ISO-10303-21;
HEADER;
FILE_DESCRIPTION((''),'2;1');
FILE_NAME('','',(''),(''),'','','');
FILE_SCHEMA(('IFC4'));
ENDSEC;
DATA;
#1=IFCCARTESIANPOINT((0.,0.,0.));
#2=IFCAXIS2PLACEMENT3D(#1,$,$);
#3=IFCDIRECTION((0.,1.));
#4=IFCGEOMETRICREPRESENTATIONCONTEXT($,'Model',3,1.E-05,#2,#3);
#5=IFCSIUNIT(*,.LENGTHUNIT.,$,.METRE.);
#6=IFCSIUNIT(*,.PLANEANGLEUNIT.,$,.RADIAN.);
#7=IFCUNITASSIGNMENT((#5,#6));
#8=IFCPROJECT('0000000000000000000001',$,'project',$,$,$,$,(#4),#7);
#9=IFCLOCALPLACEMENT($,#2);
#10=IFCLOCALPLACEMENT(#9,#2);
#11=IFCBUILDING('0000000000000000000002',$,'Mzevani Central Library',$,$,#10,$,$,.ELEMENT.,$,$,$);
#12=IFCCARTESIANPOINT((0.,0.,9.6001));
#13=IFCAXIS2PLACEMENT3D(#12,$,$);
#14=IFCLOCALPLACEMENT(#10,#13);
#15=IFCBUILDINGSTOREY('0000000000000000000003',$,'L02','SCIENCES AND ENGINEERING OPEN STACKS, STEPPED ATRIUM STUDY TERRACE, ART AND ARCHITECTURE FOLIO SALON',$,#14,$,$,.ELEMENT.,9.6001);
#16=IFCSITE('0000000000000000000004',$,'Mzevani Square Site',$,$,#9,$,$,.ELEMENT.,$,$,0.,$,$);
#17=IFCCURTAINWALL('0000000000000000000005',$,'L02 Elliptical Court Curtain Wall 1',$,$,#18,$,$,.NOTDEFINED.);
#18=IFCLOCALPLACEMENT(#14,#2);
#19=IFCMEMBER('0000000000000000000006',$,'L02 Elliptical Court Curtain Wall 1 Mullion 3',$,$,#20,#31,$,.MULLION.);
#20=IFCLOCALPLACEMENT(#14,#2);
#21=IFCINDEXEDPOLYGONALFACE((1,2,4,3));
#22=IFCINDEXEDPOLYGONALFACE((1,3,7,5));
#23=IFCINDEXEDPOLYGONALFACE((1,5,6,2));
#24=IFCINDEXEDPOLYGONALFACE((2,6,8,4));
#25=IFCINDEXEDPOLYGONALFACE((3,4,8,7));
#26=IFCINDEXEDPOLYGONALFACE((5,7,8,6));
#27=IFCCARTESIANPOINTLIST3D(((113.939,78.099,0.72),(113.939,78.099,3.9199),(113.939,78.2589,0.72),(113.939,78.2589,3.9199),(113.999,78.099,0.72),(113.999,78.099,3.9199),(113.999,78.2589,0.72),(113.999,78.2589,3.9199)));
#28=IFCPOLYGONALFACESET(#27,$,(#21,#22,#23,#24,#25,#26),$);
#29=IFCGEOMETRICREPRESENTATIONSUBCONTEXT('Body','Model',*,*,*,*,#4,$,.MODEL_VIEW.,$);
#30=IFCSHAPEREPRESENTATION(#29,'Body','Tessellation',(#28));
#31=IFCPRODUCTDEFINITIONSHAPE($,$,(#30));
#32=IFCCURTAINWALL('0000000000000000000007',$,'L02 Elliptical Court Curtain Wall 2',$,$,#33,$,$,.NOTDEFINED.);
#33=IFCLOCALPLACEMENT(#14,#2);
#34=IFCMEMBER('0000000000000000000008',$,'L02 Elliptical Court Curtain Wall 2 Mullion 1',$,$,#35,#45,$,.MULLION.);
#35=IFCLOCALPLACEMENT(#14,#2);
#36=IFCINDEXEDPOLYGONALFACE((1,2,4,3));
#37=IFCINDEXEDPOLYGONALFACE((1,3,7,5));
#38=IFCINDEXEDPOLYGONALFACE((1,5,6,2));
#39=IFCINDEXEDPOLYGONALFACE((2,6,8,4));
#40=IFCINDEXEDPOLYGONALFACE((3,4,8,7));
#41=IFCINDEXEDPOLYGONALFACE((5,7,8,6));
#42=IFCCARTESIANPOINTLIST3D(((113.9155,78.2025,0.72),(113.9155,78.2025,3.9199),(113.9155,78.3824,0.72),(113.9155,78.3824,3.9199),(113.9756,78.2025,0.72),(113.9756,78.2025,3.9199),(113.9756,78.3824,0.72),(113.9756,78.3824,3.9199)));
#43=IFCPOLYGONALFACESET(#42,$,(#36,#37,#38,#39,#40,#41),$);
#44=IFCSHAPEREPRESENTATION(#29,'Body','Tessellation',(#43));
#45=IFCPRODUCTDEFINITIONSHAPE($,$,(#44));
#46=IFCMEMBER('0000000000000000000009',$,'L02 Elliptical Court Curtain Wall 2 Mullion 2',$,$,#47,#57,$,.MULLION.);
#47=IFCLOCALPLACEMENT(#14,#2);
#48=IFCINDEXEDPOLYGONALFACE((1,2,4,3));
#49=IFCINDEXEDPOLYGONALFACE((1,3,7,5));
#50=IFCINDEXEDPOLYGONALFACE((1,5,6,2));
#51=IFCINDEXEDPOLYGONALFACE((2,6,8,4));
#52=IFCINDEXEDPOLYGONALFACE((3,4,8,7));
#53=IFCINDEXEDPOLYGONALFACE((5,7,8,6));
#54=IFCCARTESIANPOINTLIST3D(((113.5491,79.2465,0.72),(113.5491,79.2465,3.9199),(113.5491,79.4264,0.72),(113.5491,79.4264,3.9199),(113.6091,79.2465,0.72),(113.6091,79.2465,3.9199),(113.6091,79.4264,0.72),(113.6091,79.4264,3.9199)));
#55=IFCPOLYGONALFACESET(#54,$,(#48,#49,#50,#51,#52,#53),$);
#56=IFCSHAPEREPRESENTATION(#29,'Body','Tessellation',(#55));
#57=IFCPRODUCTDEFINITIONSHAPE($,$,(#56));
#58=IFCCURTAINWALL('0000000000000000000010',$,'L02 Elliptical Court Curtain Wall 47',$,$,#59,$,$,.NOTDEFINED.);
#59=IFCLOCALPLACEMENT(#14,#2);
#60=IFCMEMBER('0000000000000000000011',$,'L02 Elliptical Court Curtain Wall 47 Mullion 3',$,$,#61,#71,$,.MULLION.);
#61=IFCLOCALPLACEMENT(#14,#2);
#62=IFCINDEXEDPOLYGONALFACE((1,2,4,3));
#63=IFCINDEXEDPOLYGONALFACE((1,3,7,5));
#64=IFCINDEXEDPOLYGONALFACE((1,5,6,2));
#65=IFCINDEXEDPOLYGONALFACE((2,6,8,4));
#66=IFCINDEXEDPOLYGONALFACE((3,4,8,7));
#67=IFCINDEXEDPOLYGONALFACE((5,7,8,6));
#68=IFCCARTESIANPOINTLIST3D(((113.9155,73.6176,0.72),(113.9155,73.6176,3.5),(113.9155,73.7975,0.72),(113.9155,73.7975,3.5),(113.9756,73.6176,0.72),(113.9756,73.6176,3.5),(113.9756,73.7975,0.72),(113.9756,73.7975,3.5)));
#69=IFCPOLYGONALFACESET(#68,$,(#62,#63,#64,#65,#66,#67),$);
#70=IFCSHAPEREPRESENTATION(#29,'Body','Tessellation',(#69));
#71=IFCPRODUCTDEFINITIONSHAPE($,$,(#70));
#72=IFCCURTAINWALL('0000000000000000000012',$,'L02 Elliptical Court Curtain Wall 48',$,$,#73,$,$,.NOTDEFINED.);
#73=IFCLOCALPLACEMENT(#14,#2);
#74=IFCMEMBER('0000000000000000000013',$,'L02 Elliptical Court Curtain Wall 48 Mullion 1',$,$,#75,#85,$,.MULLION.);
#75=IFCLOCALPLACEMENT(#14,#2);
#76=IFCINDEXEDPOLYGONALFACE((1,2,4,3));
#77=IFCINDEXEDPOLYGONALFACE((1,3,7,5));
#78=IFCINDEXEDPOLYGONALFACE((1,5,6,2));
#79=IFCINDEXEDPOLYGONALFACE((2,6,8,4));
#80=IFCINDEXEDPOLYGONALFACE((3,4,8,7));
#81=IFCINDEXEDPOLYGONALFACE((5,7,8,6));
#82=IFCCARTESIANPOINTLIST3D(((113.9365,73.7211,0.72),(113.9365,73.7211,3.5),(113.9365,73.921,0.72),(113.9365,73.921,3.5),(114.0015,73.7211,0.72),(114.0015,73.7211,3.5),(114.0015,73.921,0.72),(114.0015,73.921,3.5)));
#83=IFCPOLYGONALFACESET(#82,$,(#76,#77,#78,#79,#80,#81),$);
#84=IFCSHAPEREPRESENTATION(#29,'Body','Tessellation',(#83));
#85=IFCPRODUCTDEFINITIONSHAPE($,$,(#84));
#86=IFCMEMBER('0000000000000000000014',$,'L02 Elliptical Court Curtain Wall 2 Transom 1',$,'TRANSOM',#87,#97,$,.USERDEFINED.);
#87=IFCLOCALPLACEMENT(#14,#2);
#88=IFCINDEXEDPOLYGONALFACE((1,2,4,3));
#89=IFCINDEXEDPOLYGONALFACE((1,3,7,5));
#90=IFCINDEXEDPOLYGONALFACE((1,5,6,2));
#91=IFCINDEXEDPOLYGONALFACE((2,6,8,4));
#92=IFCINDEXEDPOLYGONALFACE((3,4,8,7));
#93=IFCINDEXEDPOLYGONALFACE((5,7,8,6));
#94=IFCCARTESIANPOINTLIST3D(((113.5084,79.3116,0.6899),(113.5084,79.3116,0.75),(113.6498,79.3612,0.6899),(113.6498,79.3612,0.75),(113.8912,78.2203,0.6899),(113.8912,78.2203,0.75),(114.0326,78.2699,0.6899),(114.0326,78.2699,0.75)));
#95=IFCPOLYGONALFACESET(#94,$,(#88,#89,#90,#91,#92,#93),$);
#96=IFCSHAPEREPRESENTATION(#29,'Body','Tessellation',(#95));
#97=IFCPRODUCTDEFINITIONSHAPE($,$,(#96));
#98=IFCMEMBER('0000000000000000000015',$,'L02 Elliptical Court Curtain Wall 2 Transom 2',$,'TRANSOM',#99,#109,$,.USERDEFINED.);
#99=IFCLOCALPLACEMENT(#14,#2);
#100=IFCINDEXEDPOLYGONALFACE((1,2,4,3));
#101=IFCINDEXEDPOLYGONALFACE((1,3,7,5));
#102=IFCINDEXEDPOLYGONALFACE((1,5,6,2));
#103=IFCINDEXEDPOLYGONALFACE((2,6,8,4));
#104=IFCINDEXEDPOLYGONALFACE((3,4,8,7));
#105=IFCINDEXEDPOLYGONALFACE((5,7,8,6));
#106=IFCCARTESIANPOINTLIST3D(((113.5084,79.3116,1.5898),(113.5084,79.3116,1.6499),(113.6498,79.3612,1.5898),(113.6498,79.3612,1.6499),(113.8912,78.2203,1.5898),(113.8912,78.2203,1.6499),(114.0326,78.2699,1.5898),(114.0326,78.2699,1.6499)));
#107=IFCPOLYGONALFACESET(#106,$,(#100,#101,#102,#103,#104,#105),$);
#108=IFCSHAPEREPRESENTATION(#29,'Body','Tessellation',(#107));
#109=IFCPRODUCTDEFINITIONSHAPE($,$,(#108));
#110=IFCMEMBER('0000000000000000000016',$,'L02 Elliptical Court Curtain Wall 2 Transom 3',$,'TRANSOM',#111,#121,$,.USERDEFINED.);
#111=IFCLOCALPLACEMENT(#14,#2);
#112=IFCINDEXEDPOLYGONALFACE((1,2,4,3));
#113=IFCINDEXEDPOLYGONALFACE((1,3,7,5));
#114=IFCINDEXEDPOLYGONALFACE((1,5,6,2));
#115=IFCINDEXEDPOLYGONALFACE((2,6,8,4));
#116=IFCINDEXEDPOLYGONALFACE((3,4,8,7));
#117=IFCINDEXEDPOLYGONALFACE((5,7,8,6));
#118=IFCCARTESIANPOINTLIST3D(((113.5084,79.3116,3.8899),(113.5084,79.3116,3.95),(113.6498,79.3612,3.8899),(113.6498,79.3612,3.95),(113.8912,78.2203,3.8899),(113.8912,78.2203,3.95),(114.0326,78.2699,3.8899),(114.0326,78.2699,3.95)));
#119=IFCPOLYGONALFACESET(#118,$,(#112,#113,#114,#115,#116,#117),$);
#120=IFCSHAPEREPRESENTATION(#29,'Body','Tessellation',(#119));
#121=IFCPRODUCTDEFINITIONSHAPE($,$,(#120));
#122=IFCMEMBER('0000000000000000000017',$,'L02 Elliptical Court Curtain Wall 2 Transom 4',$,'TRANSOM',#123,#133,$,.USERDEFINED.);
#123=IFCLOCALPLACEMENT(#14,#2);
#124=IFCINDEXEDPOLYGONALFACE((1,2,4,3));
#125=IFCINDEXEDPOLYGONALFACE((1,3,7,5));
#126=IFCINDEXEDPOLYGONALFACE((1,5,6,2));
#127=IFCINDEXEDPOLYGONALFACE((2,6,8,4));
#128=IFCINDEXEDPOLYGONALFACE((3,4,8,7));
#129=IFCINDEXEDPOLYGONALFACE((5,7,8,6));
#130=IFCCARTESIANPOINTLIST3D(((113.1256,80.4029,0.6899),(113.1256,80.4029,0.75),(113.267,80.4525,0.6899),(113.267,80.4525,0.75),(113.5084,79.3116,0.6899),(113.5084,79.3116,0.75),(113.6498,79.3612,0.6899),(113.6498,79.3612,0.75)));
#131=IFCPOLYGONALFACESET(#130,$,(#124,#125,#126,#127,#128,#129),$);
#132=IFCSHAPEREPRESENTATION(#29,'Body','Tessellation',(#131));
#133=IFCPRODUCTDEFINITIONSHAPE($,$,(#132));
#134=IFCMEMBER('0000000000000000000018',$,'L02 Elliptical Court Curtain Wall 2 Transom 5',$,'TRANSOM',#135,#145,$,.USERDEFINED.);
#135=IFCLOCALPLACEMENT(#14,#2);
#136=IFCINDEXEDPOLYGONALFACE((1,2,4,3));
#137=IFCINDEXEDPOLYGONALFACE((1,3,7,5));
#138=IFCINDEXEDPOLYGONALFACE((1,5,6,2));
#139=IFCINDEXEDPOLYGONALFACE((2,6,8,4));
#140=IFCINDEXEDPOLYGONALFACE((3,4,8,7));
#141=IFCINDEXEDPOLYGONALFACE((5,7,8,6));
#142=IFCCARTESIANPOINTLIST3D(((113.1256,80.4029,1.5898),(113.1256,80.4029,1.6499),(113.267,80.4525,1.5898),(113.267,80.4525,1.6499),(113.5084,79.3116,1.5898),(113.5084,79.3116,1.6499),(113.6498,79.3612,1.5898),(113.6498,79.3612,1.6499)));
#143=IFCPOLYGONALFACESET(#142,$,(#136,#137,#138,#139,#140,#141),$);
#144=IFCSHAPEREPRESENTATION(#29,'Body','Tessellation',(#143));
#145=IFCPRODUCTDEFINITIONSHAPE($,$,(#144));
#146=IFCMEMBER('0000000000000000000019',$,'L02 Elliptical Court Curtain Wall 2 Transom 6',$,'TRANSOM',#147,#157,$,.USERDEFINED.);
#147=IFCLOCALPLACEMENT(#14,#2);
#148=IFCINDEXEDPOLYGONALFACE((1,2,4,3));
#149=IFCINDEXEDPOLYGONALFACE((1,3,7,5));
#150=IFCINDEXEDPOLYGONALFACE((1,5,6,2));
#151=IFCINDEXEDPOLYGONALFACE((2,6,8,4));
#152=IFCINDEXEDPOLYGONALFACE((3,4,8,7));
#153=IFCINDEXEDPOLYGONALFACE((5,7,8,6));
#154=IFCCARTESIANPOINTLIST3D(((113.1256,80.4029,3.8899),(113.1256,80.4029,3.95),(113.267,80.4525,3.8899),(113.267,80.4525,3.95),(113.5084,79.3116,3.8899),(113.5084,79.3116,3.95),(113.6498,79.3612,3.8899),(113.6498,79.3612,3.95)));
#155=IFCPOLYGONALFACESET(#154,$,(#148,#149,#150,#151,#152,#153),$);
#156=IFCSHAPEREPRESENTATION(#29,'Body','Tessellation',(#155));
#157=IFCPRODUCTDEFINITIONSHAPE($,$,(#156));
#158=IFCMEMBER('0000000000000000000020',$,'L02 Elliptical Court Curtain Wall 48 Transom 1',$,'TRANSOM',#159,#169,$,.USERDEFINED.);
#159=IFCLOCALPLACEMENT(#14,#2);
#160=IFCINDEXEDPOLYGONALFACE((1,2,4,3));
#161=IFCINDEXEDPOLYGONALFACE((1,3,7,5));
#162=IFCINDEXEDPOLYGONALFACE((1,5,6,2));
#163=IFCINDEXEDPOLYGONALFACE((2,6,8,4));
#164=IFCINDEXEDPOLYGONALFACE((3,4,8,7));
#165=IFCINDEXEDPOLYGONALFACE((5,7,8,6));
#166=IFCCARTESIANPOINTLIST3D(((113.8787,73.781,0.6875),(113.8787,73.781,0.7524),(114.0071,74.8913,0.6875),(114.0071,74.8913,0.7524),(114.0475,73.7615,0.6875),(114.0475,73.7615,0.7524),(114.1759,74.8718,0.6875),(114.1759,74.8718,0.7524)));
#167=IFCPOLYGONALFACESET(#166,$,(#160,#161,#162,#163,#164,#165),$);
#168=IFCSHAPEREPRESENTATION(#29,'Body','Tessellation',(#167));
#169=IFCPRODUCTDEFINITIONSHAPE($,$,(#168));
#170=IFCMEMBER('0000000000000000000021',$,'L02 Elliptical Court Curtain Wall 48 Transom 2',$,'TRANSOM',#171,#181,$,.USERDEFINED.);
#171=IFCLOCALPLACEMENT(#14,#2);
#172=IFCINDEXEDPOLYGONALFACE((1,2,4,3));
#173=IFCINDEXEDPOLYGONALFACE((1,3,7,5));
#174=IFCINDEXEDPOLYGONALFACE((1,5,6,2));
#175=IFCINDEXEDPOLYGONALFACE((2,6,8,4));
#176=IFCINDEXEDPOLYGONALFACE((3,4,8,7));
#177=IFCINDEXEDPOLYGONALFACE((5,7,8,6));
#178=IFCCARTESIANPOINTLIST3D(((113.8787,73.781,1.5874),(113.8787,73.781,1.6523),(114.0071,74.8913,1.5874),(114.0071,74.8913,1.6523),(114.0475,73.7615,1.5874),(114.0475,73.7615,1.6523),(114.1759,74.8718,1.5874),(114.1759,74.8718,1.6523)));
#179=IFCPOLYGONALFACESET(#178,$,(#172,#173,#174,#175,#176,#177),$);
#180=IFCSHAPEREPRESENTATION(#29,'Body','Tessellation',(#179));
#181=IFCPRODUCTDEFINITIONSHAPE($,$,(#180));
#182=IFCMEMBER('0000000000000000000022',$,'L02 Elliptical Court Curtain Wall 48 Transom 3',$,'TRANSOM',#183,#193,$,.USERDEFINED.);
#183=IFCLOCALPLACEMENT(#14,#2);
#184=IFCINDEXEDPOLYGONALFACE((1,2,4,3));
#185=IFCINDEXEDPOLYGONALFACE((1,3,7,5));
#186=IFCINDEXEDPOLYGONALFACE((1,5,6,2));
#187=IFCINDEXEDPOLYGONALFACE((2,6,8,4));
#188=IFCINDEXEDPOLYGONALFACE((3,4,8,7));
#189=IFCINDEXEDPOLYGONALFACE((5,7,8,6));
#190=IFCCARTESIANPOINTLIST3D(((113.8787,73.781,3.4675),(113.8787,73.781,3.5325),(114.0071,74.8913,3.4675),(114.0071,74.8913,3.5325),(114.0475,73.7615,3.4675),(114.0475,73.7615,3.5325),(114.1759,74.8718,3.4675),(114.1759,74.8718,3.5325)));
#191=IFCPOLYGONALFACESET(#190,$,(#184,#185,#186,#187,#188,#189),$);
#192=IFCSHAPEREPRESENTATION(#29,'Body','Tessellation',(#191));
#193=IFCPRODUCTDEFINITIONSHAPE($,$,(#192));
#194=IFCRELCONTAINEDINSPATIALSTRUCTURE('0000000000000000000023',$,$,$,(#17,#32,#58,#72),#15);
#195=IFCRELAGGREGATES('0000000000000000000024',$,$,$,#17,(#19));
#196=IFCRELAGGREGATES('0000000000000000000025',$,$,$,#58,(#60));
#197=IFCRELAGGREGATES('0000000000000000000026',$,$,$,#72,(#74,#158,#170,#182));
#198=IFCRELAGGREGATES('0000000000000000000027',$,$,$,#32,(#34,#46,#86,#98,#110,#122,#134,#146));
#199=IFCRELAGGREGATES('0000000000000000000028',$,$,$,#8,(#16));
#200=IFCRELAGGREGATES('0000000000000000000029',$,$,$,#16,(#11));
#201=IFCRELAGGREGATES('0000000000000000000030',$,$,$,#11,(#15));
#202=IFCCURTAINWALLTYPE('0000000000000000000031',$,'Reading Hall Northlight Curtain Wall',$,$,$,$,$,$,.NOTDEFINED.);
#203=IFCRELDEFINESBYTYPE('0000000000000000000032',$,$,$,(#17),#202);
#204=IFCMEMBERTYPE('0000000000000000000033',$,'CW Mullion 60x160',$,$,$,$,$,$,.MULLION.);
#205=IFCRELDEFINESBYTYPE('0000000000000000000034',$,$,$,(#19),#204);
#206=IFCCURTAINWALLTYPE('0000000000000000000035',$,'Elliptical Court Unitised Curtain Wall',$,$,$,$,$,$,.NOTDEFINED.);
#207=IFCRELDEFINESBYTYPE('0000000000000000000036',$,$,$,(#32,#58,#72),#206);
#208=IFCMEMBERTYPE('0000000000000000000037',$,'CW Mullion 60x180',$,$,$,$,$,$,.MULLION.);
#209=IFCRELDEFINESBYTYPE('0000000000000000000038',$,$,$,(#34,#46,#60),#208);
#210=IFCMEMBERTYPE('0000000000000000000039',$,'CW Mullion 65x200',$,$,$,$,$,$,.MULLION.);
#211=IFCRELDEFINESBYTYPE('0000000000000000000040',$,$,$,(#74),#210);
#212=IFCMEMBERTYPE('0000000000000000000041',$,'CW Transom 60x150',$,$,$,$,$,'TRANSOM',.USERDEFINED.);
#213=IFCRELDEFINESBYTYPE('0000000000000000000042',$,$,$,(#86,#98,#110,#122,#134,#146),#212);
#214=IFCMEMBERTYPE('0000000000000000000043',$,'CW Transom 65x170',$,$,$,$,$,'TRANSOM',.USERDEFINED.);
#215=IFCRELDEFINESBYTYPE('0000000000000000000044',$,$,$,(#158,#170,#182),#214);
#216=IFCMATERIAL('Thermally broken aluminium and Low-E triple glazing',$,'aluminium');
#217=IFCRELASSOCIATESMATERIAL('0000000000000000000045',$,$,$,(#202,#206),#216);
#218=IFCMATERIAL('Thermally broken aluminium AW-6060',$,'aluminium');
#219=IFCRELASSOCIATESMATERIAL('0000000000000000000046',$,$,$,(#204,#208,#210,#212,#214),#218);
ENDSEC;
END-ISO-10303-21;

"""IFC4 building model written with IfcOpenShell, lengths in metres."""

from ifc_helpers import new_model, si_unit, direction, frame, origin, origin_2d, place, context, subcontext, project, spatial, rectangle, extrude, material, material_profile, profile_set, type_object, element, aggregate, save


model = new_model("IFC4")

# Units and contexts
model_context = context("Model", 3, precision=1e-05, world=origin(), true_north=direction((0.0, 1.0)))
body_context = subcontext(model_context, "Body", "Model", "MODEL_VIEW")
ifc_project = project(units=[si_unit("LENGTHUNIT", "METRE"), si_unit("PLANEANGLEUNIT", "RADIAN")], contexts=[model_context])

# Site, building, storey
site_placement = place(None, origin())
site = spatial("IfcSite", under=ifc_project, at=site_placement, Name="Mzevani Square Site", CompositionType="ELEMENT", RefElevation=0.0)
building_placement = place(site_placement, origin())
building = spatial("IfcBuilding", under=site, at=building_placement, Name="Mzevani Central Library", CompositionType="ELEMENT")
storey_placement = place(building_placement, frame((0.0, 0.0, 9.6001)))
storey = spatial("IfcBuildingStorey", under=building, at=storey_placement, Name="L02", Description="SCIENCES AND ENGINEERING OPEN STACKS, STEPPED ATRIUM STUDY TERRACE, ART AND ARCHITECTURE FOLIO SALON", CompositionType="ELEMENT", Elevation=9.6001)

# Curtain wall, member
ifc_material_1 = material(Name="Thermally broken aluminium and Low-E triple glazing", Category="aluminium")
curtain_wall_type_1 = type_object("IfcCurtainWallType", Name="Reading Hall Northlight Curtain Wall", PredefinedType="NOTDEFINED", material=ifc_material_1)
curtain_wall_1_placement = place(storey_placement, origin())
curtain_wall_1 = element("IfcCurtainWall", 1, at=curtain_wall_1_placement, inside=storey, type_object=curtain_wall_type_1, Name="L02 Elliptical Court Curtain Wall 1", PredefinedType="NOTDEFINED")
ifc_material_2 = material(Name="Thermally broken aluminium AW-6060", Category="aluminium")
ifc_material_profile_1 = material_profile(ifc_material_2, rectangle(XDim=0.0601, YDim=0.1599, at=origin_2d()), Name="ALU M60x160")
ifc_profile_set_1 = profile_set([ifc_material_profile_1], Name="Thermally broken aluminium AW-6060")
member_type_1 = type_object("IfcMemberType", Name="CW Mullion 60x160", PredefinedType="MULLION", material=ifc_profile_set_1)
member_1_placement = place(storey_placement, frame((113.969, 78.179, 0.72), z_axis=(0.0, 0.0, 1.0), x_axis=(1.0, 0.0, 0.0)))
member_1 = element("IfcMember", 2, at=member_1_placement, type_object=member_type_1, Name="L02 Elliptical Court Curtain Wall 1 Mullion 3", PredefinedType="MULLION", context=body_context, shape_type="SweptSolid", body=[
    extrude(rectangle(XDim=0.0601, YDim=0.1599, at=origin_2d()), origin(), (0.0, 0.0, 1.0), 3.2),
])
aggregate(curtain_wall_1, [member_1])

# Curtain wall, members
curtain_wall_type_2 = type_object("IfcCurtainWallType", Name="Elliptical Court Unitised Curtain Wall", PredefinedType="NOTDEFINED", material=ifc_material_1)
curtain_wall_2_placement = place(storey_placement, origin())
curtain_wall_2 = element("IfcCurtainWall", 3, at=curtain_wall_2_placement, inside=storey, type_object=curtain_wall_type_2, Name="L02 Elliptical Court Curtain Wall 2", PredefinedType="NOTDEFINED")
ifc_material_profile_2 = material_profile(ifc_material_2, rectangle(XDim=0.0601, YDim=0.1799, at=origin_2d()), Name="ALU M60x180")
ifc_profile_set_2 = profile_set([ifc_material_profile_2], Name="Thermally broken aluminium AW-6060")
member_type_2 = type_object("IfcMemberType", Name="CW Mullion 60x180", PredefinedType="MULLION", material=ifc_profile_set_2)
member_2_placement = place(storey_placement, frame((113.9456, 78.2925, 0.72), z_axis=(0.0, 0.0, 1.0), x_axis=(1.0, 0.0, 0.0)))
member_2 = element("IfcMember", 4, at=member_2_placement, type_object=member_type_2, Name="L02 Elliptical Court Curtain Wall 2 Mullion 1", PredefinedType="MULLION", context=body_context, shape_type="SweptSolid", body=[
    extrude(rectangle(XDim=0.0601, YDim=0.1799, at=origin_2d()), origin(), (0.0, 0.0, 1.0), 3.2),
])
member_3_placement = place(storey_placement, frame((113.5791, 79.3364, 0.72), z_axis=(0.0, 0.0, 1.0), x_axis=(1.0, 0.0, 0.0)))
member_3 = element("IfcMember", 5, at=member_3_placement, type_object=member_type_2, Name="L02 Elliptical Court Curtain Wall 2 Mullion 2", PredefinedType="MULLION", context=body_context, shape_type="SweptSolid", body=[
    extrude(rectangle(XDim=0.0601, YDim=0.1799, at=origin_2d()), origin(), (0.0, 0.0, 1.0), 3.2),
])

# Curtain walls, members
curtain_wall_3_placement = place(storey_placement, origin())
curtain_wall_3 = element("IfcCurtainWall", 6, at=curtain_wall_3_placement, inside=storey, type_object=curtain_wall_type_2, Name="L02 Elliptical Court Curtain Wall 47", PredefinedType="NOTDEFINED")
member_4_placement = place(storey_placement, frame((113.9456, 73.7075, 0.72), z_axis=(0.0, 0.0, 1.0), x_axis=(1.0, 0.0, 0.0)))
member_4 = element("IfcMember", 7, at=member_4_placement, type_object=member_type_2, Name="L02 Elliptical Court Curtain Wall 47 Mullion 3", PredefinedType="MULLION", context=body_context, shape_type="SweptSolid", body=[
    extrude(rectangle(XDim=0.0601, YDim=0.1799, at=origin_2d()), origin(), (0.0, 0.0, 1.0), 2.78),
])
aggregate(curtain_wall_3, [member_4])
curtain_wall_4_placement = place(storey_placement, origin())
curtain_wall_4 = element("IfcCurtainWall", 8, at=curtain_wall_4_placement, inside=storey, type_object=curtain_wall_type_2, Name="L02 Elliptical Court Curtain Wall 48", PredefinedType="NOTDEFINED")
ifc_material_profile_3 = material_profile(ifc_material_2, rectangle(XDim=0.0649, YDim=0.2, at=origin_2d()), Name="ALU M65x200")
ifc_profile_set_3 = profile_set([ifc_material_profile_3], Name="Thermally broken aluminium AW-6060")
member_type_3 = type_object("IfcMemberType", Name="CW Mullion 65x200", PredefinedType="MULLION", material=ifc_profile_set_3)
member_5_placement = place(storey_placement, frame((113.969, 73.821, 0.72), z_axis=(0.0, 0.0, 1.0), x_axis=(1.0, 0.0, 0.0)))
member_5 = element("IfcMember", 9, at=member_5_placement, type_object=member_type_3, Name="L02 Elliptical Court Curtain Wall 48 Mullion 1", PredefinedType="MULLION", context=body_context, shape_type="SweptSolid", body=[
    extrude(rectangle(XDim=0.0649, YDim=0.2, at=origin_2d()), origin(), (0.0, 0.0, 1.0), 2.78),
])

# Members
ifc_material_profile_4 = material_profile(ifc_material_2, rectangle(XDim=0.1499, YDim=0.0601, at=origin_2d()), Name="ALU T60x150")
ifc_profile_set_4 = profile_set([ifc_material_profile_4], Name="Thermally broken aluminium AW-6060")
member_type_4 = type_object("IfcMemberType", Name="CW Transom 60x150", ElementType="TRANSOM", PredefinedType="USERDEFINED", material=ifc_profile_set_4)
member_6_placement = place(storey_placement, frame((113.9619, 78.2451, 0.72), z_axis=(-0.331009, 0.943628, 0.0), x_axis=(-0.943628, -0.331009, 0.0)))
member_6 = element("IfcMember", 10, at=member_6_placement, type_object=member_type_4, Name="L02 Elliptical Court Curtain Wall 2 Transom 1", ObjectType="TRANSOM", PredefinedType="USERDEFINED", context=body_context, shape_type="SweptSolid", body=[
    extrude(rectangle(XDim=0.1499, YDim=0.0601, at=origin_2d()), origin(), (0.0, 0.0, 1.0), 1.1565),
])
member_7_placement = place(storey_placement, frame((113.9619, 78.2451, 1.6199), z_axis=(-0.331009, 0.943628, 0.0), x_axis=(-0.943628, -0.331009, 0.0)))
member_7 = element("IfcMember", 11, at=member_7_placement, type_object=member_type_4, Name="L02 Elliptical Court Curtain Wall 2 Transom 2", ObjectType="TRANSOM", PredefinedType="USERDEFINED", context=body_context, shape_type="SweptSolid", body=[
    extrude(rectangle(XDim=0.1499, YDim=0.0601, at=origin_2d()), origin(), (0.0, 0.0, 1.0), 1.1565),
])
member_8_placement = place(storey_placement, frame((113.9619, 78.2451, 3.9199), z_axis=(-0.331009, 0.943628, 0.0), x_axis=(-0.943628, -0.331009, 0.0)))
member_8 = element("IfcMember", 12, at=member_8_placement, type_object=member_type_4, Name="L02 Elliptical Court Curtain Wall 2 Transom 3", ObjectType="TRANSOM", PredefinedType="USERDEFINED", context=body_context, shape_type="SweptSolid", body=[
    extrude(rectangle(XDim=0.1499, YDim=0.0601, at=origin_2d()), origin(), (0.0, 0.0, 1.0), 1.1565),
])
member_9_placement = place(storey_placement, frame((113.5791, 79.3364, 0.72), z_axis=(-0.331009, 0.943628, 0.0), x_axis=(-0.943628, -0.331009, 0.0)))
member_9 = element("IfcMember", 13, at=member_9_placement, type_object=member_type_4, Name="L02 Elliptical Court Curtain Wall 2 Transom 4", ObjectType="TRANSOM", PredefinedType="USERDEFINED", context=body_context, shape_type="SweptSolid", body=[
    extrude(rectangle(XDim=0.1499, YDim=0.0601, at=origin_2d()), origin(), (0.0, 0.0, 1.0), 1.1565),
])
member_10_placement = place(storey_placement, frame((113.5791, 79.3364, 1.6199), z_axis=(-0.331009, 0.943628, 0.0), x_axis=(-0.943628, -0.331009, 0.0)))
member_10 = element("IfcMember", 14, at=member_10_placement, type_object=member_type_4, Name="L02 Elliptical Court Curtain Wall 2 Transom 5", ObjectType="TRANSOM", PredefinedType="USERDEFINED", context=body_context, shape_type="SweptSolid", body=[
    extrude(rectangle(XDim=0.1499, YDim=0.0601, at=origin_2d()), origin(), (0.0, 0.0, 1.0), 1.1565),
])
member_11_placement = place(storey_placement, frame((113.5791, 79.3364, 3.9199), z_axis=(-0.331009, 0.943628, 0.0), x_axis=(-0.943628, -0.331009, 0.0)))
member_11 = element("IfcMember", 15, at=member_11_placement, type_object=member_type_4, Name="L02 Elliptical Court Curtain Wall 2 Transom 6", ObjectType="TRANSOM", PredefinedType="USERDEFINED", context=body_context, shape_type="SweptSolid", body=[
    extrude(rectangle(XDim=0.1499, YDim=0.0601, at=origin_2d()), origin(), (0.0, 0.0, 1.0), 1.1565),
])
ifc_material_profile_5 = material_profile(ifc_material_2, rectangle(XDim=0.1699, YDim=0.0649, at=origin_2d()), Name="ALU T65x170")
ifc_profile_set_5 = profile_set([ifc_material_profile_5], Name="Thermally broken aluminium AW-6060")
member_type_5 = type_object("IfcMemberType", Name="CW Transom 65x170", ElementType="TRANSOM", PredefinedType="USERDEFINED", material=ifc_profile_set_5)
member_12_placement = place(storey_placement, frame((113.9631, 73.7712, 0.72), z_axis=(0.114889, 0.993378, 0.0), x_axis=(-0.993378, 0.114889, 0.0)))
member_12 = element("IfcMember", 16, at=member_12_placement, type_object=member_type_5, Name="L02 Elliptical Court Curtain Wall 48 Transom 1", ObjectType="TRANSOM", PredefinedType="USERDEFINED", context=body_context, shape_type="SweptSolid", body=[
    extrude(rectangle(XDim=0.1699, YDim=0.0649, at=origin_2d()), origin(), (0.0, 0.0, 1.0), 1.1177),
])
member_13_placement = place(storey_placement, frame((113.9631, 73.7712, 1.6199), z_axis=(0.114889, 0.993378, 0.0), x_axis=(-0.993378, 0.114889, 0.0)))
member_13 = element("IfcMember", 17, at=member_13_placement, type_object=member_type_5, Name="L02 Elliptical Court Curtain Wall 48 Transom 2", ObjectType="TRANSOM", PredefinedType="USERDEFINED", context=body_context, shape_type="SweptSolid", body=[
    extrude(rectangle(XDim=0.1699, YDim=0.0649, at=origin_2d()), origin(), (0.0, 0.0, 1.0), 1.1177),
])
member_14_placement = place(storey_placement, frame((113.9631, 73.7712, 3.5), z_axis=(0.114889, 0.993378, 0.0), x_axis=(-0.993378, 0.114889, 0.0)))
member_14 = element("IfcMember", 18, at=member_14_placement, type_object=member_type_5, Name="L02 Elliptical Court Curtain Wall 48 Transom 3", ObjectType="TRANSOM", PredefinedType="USERDEFINED", context=body_context, shape_type="SweptSolid", body=[
    extrude(rectangle(XDim=0.1699, YDim=0.0649, at=origin_2d()), origin(), (0.0, 0.0, 1.0), 1.1177),
])
aggregate(curtain_wall_4, [member_5, member_12, member_13, member_14])

aggregate(curtain_wall_2, [member_2, member_3, member_6, member_7, member_8, member_9, member_10, member_11])

save(model, "model.ifc")
